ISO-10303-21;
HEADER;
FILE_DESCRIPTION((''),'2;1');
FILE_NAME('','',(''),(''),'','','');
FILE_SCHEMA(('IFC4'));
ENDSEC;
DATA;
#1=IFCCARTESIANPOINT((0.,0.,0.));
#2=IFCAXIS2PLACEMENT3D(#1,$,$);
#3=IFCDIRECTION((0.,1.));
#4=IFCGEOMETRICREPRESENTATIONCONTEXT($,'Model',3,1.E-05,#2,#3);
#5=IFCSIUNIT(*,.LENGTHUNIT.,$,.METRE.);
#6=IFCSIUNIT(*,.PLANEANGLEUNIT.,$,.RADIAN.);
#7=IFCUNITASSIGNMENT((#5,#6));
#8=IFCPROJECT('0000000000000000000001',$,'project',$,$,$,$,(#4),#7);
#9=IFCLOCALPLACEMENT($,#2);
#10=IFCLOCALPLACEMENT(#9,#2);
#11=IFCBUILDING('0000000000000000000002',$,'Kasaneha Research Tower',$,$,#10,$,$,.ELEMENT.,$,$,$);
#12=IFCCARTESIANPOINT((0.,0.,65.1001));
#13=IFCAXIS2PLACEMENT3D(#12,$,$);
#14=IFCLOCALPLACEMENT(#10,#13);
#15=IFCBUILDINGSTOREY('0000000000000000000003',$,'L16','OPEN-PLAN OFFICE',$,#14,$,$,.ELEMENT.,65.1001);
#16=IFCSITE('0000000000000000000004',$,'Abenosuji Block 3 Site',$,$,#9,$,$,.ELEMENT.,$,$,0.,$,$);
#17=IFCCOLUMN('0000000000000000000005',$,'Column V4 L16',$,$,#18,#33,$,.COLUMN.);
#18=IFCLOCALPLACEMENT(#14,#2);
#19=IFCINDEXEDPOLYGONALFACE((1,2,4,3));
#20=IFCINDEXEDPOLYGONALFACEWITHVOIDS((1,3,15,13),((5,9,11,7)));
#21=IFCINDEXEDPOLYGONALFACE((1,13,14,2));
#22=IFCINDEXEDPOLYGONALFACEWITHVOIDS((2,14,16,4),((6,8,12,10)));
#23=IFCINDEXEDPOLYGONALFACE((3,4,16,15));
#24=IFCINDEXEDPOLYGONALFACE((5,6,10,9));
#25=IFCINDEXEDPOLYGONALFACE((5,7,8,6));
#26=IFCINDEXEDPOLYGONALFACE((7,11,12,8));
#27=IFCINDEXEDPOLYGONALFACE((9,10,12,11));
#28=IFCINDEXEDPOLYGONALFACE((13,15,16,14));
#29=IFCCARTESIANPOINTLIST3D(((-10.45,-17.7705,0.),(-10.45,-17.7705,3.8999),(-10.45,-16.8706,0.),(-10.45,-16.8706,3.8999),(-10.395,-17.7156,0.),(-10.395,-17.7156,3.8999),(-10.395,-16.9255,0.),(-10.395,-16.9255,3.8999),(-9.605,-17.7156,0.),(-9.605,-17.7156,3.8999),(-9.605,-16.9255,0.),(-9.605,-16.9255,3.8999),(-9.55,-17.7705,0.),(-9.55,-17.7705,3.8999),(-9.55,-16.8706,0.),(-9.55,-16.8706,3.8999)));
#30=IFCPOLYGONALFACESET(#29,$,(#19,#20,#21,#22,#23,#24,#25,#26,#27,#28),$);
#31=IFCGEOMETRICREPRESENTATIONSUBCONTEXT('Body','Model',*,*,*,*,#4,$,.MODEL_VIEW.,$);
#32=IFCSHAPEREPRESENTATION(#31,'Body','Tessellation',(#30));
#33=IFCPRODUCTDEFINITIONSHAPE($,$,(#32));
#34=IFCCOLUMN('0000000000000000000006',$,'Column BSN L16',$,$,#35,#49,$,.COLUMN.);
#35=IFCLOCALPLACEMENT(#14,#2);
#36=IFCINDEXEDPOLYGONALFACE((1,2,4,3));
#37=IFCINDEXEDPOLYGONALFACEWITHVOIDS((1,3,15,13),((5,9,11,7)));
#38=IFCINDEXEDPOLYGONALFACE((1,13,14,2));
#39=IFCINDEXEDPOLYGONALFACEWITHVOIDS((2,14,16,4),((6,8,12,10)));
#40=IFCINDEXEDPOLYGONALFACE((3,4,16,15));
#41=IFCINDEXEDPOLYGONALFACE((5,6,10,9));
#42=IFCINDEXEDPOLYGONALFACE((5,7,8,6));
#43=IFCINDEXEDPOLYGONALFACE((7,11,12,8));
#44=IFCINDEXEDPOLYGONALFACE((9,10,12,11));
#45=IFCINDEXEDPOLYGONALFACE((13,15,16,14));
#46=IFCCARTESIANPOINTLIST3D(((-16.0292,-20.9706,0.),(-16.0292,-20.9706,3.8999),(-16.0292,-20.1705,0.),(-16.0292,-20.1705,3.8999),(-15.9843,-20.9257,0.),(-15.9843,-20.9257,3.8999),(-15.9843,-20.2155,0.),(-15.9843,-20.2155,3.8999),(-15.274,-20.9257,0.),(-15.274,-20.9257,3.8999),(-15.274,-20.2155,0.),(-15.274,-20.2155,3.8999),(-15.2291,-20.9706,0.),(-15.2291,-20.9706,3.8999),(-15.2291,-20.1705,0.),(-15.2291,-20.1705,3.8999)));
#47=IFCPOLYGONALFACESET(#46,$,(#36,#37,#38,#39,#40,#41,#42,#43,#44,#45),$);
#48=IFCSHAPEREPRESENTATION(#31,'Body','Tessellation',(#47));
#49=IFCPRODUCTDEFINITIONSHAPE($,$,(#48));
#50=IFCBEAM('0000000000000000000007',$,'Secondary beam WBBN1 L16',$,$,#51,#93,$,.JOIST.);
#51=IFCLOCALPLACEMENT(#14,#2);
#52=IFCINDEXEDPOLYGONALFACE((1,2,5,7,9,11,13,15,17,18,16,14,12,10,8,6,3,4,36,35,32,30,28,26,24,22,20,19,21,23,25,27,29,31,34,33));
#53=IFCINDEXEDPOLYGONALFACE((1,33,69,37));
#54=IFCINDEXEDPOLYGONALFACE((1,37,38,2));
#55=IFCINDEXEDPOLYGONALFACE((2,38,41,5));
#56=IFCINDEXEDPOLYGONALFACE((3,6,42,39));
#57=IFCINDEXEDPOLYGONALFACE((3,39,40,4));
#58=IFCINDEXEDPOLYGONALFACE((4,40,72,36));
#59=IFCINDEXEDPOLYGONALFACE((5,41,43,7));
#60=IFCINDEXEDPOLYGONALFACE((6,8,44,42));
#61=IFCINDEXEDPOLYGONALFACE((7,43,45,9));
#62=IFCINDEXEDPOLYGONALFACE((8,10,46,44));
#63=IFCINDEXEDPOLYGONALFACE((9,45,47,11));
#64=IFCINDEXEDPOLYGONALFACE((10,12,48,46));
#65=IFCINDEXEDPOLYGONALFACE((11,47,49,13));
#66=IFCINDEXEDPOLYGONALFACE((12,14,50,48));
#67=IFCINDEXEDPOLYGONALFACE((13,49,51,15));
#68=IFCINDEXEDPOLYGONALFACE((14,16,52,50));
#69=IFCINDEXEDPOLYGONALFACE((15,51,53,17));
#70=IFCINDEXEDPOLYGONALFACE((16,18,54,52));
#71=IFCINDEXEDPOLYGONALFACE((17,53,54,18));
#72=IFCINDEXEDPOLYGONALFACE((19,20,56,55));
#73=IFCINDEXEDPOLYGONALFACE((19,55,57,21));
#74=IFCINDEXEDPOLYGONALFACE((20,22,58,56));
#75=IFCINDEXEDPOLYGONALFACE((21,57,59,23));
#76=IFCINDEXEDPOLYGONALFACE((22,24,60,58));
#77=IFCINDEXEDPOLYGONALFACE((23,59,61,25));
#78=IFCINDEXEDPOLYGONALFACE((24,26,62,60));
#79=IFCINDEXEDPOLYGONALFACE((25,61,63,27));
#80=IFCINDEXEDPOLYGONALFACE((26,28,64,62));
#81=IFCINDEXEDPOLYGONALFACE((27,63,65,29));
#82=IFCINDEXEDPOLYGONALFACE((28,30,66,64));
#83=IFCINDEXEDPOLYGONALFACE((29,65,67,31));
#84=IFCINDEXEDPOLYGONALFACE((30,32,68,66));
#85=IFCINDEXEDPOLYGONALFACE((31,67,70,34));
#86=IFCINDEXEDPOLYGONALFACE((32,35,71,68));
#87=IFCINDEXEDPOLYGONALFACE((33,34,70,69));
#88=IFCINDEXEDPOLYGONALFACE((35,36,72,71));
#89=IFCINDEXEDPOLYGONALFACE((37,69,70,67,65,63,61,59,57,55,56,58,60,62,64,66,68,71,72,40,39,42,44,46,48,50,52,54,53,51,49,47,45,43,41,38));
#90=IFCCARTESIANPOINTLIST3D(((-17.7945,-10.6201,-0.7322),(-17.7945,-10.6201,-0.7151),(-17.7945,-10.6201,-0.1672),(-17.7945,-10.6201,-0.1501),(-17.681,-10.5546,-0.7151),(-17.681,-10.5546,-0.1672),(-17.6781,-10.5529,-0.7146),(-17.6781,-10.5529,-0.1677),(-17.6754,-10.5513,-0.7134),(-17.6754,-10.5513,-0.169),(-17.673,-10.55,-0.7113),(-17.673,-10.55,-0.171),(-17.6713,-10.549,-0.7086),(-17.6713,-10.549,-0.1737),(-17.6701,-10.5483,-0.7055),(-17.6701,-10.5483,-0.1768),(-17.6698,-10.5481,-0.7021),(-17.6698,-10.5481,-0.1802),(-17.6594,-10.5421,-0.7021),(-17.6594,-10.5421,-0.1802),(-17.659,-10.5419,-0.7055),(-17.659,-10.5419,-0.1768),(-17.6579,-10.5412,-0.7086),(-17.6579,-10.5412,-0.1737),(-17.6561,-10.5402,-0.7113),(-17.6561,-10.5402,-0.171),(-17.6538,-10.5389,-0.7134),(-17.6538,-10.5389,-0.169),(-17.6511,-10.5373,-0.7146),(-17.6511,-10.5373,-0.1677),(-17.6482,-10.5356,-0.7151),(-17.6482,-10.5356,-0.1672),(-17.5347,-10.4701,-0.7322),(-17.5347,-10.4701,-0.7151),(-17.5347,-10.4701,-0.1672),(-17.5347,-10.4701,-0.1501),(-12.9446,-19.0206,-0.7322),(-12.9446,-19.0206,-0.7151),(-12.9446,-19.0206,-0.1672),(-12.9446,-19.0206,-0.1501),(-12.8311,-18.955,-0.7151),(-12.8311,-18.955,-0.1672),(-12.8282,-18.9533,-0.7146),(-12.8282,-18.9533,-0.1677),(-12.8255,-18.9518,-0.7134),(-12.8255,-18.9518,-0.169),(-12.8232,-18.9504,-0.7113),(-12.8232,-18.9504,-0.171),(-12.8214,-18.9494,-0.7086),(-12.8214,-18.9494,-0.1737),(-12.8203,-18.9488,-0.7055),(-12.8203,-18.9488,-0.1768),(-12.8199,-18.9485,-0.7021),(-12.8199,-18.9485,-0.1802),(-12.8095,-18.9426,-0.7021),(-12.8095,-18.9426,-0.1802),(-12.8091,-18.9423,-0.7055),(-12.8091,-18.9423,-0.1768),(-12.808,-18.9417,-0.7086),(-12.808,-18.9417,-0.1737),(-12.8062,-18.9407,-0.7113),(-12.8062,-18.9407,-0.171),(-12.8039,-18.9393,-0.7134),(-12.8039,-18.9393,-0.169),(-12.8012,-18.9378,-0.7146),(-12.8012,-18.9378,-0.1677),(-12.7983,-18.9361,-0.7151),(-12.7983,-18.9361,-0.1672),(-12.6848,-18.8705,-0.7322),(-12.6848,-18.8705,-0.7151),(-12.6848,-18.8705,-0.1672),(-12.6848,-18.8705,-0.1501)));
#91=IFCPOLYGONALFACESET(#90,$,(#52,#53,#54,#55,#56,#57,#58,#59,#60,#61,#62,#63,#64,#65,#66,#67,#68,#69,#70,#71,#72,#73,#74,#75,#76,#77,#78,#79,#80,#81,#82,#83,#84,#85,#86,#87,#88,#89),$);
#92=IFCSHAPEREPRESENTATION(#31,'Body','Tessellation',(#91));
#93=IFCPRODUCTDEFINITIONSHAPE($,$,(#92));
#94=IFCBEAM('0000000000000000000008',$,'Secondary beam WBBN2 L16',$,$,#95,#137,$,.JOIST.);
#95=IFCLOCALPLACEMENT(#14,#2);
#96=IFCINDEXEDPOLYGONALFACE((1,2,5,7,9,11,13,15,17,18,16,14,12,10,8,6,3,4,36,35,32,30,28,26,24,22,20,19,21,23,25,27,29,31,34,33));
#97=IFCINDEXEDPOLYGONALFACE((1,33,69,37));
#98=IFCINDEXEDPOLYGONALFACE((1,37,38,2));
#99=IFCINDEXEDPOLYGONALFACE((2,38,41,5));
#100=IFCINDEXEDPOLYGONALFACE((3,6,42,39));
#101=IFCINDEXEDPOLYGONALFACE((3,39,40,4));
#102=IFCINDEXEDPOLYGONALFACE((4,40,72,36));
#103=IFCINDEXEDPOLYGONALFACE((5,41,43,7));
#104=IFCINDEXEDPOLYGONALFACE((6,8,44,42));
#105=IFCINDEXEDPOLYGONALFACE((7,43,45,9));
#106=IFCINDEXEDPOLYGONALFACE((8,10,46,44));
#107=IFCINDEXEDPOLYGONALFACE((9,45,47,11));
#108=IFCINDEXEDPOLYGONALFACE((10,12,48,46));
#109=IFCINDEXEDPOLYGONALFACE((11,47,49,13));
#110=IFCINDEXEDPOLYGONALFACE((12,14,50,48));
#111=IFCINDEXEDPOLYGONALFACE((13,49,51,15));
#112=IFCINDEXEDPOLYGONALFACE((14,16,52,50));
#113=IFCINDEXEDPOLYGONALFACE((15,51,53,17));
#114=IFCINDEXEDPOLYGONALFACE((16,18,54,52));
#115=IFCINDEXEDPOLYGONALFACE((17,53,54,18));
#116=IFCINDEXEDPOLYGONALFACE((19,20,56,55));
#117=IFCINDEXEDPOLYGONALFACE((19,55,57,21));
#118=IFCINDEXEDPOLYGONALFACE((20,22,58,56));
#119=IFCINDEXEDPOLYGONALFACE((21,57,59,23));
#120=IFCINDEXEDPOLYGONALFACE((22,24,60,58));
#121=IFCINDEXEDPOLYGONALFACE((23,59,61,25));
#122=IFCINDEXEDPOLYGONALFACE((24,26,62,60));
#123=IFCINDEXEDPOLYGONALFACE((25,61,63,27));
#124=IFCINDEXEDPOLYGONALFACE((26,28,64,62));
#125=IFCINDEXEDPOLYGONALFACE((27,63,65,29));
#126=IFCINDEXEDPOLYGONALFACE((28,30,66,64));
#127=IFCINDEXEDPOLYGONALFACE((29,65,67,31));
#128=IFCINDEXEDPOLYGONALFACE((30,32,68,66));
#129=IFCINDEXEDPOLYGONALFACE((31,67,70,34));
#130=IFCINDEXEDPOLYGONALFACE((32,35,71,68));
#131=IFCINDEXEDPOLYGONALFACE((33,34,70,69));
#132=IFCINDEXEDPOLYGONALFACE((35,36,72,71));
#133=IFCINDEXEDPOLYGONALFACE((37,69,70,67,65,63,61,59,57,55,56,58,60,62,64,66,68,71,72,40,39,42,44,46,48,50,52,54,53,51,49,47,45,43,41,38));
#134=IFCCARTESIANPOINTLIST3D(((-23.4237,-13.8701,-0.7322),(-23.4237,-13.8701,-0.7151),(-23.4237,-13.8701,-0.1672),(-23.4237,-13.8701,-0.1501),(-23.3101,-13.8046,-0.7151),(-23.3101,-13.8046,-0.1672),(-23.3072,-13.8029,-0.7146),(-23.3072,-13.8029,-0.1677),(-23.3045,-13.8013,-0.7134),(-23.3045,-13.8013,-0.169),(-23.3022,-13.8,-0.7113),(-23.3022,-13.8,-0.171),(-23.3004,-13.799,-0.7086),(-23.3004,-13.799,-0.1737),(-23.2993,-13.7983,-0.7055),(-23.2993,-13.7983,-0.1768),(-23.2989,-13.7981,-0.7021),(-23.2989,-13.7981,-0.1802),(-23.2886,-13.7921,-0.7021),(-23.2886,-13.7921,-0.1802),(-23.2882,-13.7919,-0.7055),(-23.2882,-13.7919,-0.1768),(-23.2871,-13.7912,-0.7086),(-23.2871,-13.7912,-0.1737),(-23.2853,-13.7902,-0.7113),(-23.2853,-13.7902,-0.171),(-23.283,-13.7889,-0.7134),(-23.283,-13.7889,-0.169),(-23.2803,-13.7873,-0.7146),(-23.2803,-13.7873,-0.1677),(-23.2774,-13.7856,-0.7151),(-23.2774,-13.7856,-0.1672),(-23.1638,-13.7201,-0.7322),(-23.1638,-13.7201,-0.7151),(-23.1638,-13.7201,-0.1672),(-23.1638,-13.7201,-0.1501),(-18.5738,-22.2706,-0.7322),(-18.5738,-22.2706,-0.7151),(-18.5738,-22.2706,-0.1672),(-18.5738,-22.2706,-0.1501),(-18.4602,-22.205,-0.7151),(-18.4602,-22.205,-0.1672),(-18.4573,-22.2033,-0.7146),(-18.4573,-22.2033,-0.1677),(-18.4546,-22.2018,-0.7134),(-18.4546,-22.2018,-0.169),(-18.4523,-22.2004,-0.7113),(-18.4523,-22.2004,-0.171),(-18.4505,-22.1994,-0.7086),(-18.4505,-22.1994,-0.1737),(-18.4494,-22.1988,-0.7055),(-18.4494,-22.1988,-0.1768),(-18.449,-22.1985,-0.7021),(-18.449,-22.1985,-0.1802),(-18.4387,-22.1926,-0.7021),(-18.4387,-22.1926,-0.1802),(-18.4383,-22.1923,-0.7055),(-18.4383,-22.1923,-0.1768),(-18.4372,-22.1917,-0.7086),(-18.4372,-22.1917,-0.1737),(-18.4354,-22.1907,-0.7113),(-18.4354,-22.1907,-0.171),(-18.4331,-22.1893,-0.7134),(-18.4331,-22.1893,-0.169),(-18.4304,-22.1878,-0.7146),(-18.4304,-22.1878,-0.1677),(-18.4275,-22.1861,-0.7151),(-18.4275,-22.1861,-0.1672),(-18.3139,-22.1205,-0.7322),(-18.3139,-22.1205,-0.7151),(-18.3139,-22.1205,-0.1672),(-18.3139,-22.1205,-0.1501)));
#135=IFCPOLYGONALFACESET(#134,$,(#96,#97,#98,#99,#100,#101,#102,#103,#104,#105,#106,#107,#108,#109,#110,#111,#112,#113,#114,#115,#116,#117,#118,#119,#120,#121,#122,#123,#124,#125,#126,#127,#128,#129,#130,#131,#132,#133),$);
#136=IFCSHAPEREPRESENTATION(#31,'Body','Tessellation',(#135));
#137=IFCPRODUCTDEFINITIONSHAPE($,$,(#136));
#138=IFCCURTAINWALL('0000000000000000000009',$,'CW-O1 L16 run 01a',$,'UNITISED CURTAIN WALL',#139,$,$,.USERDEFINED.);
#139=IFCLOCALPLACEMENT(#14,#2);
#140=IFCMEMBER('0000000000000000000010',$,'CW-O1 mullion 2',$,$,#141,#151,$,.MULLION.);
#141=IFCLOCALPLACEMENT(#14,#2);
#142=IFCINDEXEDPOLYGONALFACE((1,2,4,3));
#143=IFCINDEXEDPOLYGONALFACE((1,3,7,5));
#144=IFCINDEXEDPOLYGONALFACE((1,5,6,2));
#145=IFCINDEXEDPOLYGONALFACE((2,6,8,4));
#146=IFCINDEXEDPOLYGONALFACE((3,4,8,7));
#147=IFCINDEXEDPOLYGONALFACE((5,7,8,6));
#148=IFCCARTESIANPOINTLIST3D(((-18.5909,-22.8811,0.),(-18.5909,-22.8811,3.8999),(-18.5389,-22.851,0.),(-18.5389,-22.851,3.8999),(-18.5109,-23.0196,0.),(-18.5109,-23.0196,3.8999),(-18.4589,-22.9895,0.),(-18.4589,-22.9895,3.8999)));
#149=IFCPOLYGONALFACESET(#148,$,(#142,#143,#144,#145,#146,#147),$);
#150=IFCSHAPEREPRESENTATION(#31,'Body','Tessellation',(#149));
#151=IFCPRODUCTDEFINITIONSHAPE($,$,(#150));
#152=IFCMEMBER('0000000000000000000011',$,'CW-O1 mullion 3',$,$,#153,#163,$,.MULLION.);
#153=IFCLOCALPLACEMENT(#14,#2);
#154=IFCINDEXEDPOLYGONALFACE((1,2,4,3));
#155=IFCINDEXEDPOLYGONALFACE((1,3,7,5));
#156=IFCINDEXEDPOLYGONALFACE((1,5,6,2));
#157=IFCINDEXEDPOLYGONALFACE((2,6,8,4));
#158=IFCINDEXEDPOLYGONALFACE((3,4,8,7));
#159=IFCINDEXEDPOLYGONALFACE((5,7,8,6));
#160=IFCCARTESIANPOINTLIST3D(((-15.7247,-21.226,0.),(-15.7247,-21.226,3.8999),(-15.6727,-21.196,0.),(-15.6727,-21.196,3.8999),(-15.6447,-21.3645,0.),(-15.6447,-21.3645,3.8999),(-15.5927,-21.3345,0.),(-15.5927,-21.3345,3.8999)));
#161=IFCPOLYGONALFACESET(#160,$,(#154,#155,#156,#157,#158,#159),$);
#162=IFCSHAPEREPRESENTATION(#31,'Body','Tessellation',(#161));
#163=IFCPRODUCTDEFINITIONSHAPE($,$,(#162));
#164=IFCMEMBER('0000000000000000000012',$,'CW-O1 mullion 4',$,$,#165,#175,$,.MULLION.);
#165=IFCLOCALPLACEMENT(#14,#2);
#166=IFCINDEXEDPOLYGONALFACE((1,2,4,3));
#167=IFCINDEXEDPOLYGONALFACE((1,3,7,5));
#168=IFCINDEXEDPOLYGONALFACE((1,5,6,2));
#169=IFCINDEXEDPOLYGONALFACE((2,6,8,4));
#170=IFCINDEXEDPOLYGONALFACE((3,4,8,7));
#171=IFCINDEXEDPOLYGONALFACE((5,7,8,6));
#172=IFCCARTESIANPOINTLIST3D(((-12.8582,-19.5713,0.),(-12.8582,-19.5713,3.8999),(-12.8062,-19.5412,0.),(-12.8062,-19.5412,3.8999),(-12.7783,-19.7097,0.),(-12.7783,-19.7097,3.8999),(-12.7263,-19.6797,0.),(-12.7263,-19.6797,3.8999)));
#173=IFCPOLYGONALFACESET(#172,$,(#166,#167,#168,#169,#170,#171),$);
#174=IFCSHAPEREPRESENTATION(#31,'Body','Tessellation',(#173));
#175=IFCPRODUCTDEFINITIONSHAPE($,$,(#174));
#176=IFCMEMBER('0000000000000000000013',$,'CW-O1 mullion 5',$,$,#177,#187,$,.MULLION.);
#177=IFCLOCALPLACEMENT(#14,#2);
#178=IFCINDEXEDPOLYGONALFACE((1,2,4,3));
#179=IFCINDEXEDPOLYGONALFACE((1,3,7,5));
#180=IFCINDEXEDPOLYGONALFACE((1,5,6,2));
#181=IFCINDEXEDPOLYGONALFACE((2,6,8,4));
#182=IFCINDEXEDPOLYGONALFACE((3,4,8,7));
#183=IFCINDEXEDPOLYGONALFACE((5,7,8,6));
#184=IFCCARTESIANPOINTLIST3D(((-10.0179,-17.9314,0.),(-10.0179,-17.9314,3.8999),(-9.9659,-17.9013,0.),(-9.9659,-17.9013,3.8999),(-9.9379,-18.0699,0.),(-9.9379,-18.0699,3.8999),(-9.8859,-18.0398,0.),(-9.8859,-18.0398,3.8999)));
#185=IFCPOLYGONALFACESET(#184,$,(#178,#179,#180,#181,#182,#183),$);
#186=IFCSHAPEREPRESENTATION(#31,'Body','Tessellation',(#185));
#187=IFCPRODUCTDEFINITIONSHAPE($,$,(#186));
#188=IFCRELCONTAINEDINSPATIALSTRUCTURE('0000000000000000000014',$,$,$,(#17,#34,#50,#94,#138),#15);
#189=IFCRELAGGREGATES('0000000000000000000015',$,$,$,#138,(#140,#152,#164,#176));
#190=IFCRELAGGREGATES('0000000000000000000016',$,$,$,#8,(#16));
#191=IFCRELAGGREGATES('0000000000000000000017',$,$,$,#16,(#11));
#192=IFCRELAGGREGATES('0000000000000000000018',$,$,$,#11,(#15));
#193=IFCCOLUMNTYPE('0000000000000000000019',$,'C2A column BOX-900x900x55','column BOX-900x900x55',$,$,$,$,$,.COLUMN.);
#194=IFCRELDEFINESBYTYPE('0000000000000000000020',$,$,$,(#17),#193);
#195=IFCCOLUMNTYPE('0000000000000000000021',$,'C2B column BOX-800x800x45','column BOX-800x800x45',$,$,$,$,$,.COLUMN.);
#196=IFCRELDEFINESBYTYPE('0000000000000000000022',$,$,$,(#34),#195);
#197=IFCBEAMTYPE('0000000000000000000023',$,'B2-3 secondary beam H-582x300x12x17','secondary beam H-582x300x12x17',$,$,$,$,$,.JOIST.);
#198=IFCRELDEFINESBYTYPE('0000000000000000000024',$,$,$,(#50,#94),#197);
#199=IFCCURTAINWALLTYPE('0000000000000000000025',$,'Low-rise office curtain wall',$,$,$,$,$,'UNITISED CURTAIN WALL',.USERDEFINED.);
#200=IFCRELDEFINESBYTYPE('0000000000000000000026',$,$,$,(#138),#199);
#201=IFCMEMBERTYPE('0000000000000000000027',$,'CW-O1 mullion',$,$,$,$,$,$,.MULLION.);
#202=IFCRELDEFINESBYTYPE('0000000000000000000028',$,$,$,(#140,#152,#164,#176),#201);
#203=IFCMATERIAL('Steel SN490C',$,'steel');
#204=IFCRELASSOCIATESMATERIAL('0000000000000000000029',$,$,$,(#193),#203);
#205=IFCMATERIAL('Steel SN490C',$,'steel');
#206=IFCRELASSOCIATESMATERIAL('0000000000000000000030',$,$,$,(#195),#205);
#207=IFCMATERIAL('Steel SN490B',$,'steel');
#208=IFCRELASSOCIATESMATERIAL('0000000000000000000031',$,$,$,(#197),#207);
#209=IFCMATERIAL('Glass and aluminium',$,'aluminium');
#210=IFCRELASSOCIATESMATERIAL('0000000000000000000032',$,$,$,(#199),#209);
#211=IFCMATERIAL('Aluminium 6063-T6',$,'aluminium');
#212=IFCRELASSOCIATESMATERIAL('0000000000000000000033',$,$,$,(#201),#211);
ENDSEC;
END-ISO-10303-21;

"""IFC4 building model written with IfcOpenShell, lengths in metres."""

from ifc_helpers import new_model, si_unit, direction, frame, origin, origin_2d, place, context, subcontext, project, spatial, rectangle, hollow_rectangle, i_section, extrude, material, material_profile, profile_set, type_object, element, aggregate, save


model = new_model("IFC4")

# Units and contexts
model_context = context("Model", 3, precision=1e-05, world=origin(), true_north=direction((0.0, 1.0)))
body_context = subcontext(model_context, "Body", "Model", "MODEL_VIEW")
ifc_project = project(units=[si_unit("LENGTHUNIT", "METRE"), si_unit("PLANEANGLEUNIT", "RADIAN")], contexts=[model_context])

# Site, building, storey
site_placement = place(None, origin())
site = spatial("IfcSite", under=ifc_project, at=site_placement, Name="Abenosuji Block 3 Site", CompositionType="ELEMENT", RefElevation=0.0)
building_placement = place(site_placement, origin())
building = spatial("IfcBuilding", under=site, at=building_placement, Name="Kasaneha Research Tower", CompositionType="ELEMENT")
storey_placement = place(building_placement, frame((0.0, 0.0, 65.1001)))
storey = spatial("IfcBuildingStorey", under=building, at=storey_placement, Name="L16", Description="OPEN-PLAN OFFICE", CompositionType="ELEMENT", Elevation=65.1001)

# Columns
ifc_material_1 = material(Name="Steel SN490C", Category="steel")
ifc_material_profile_1 = material_profile(ifc_material_1, hollow_rectangle(XDim=0.8999, YDim=0.8999, WallThickness=0.0549, at=origin_2d()), Name="BOX-900x900x55")
ifc_profile_set_1 = profile_set([ifc_material_profile_1], Name="Steel SN490C")
column_type_1 = type_object("IfcColumnType", Name="C2A column BOX-900x900x55", Description="column BOX-900x900x55", PredefinedType="COLUMN", material=ifc_profile_set_1)
column_1_placement = place(storey_placement, frame((-10.0, -17.3206, 0.0), z_axis=(0.0, 0.0, 1.0), x_axis=(1.0, 0.0, 0.0)))
element("IfcColumn", 1, at=column_1_placement, inside=storey, type_object=column_type_1, Name="Column V4 L16", PredefinedType="COLUMN", context=body_context, shape_type="SweptSolid", body=[
    extrude(hollow_rectangle(XDim=0.8999, YDim=0.8999, WallThickness=0.0549, at=origin_2d()), origin(), (0.0, 0.0, 1.0), 3.8999),
])
ifc_material_2 = material(Name="Steel SN490C", Category="steel")
ifc_material_profile_2 = material_profile(ifc_material_2, hollow_rectangle(XDim=0.8, YDim=0.8, WallThickness=0.0449, at=origin_2d()), Name="BOX-800x800x45")
ifc_profile_set_2 = profile_set([ifc_material_profile_2], Name="Steel SN490C")
column_type_2 = type_object("IfcColumnType", Name="C2B column BOX-800x800x45", Description="column BOX-800x800x45", PredefinedType="COLUMN", material=ifc_profile_set_2)
column_2_placement = place(storey_placement, frame((-15.6292, -20.5706, 0.0), z_axis=(0.0, 0.0, 1.0), x_axis=(1.0, 0.0, 0.0)))
element("IfcColumn", 2, at=column_2_placement, inside=storey, type_object=column_type_2, Name="Column BSN L16", PredefinedType="COLUMN", context=body_context, shape_type="SweptSolid", body=[
    extrude(hollow_rectangle(XDim=0.8, YDim=0.8, WallThickness=0.0449, at=origin_2d()), origin(), (0.0, 0.0, 1.0), 3.8999),
])

# Beams
ifc_material_3 = material(Name="Steel SN490B", Category="steel")
ifc_material_profile_3 = material_profile(ifc_material_3, i_section(OverallWidth=0.3, OverallDepth=0.582, WebThickness=0.012, FlangeThickness=0.0171, FilletRadius=0.0129, at=origin_2d()), Name="H-582x300x12x17")
ifc_profile_set_3 = profile_set([ifc_material_profile_3], Name="Steel SN490B")
beam_type_1 = type_object("IfcBeamType", Name="B2-3 secondary beam H-582x300x12x17", Description="secondary beam H-582x300x12x17", PredefinedType="JOIST", material=ifc_profile_set_3)
for number, where, z_axis, x_axis, name in (
    (3, (-12.8147, -18.9456, -0.4412), (-0.499991, 0.866031, 0.0), (-0.866031, -0.499991, 0.0), "Secondary beam WBBN1 L16"),
    (4, (-18.4438, -22.1956, -0.4412), (-0.499991, 0.866031, 0.0), (-0.866031, -0.499991, 0.0), "Secondary beam WBBN2 L16"),
):
    element("IfcBeam", number, at=place(storey_placement, frame(where, z_axis=z_axis, x_axis=x_axis)), inside=storey, type_object=beam_type_1, Name=name, PredefinedType="JOIST", context=body_context, shape_type="SweptSolid", body=[
        extrude(i_section(OverallWidth=0.3, OverallDepth=0.582, WebThickness=0.012, FlangeThickness=0.0171, FilletRadius=0.0129, at=origin_2d()), origin(), (0.0, 0.0, 1.0), 9.7),
    ])

# Curtain wall, members
ifc_material_4 = material(Name="Glass and aluminium", Category="aluminium")
curtain_wall_type = type_object("IfcCurtainWallType", Name="Low-rise office curtain wall", ElementType="UNITISED CURTAIN WALL", PredefinedType="USERDEFINED", material=ifc_material_4)
curtain_wall_1_placement = place(storey_placement, origin())
curtain_wall_1 = element("IfcCurtainWall", 5, at=curtain_wall_1_placement, inside=storey, type_object=curtain_wall_type, Name="CW-O1 L16 run 01a", ObjectType="UNITISED CURTAIN WALL", PredefinedType="USERDEFINED")
ifc_material_5 = material(Name="Aluminium 6063-T6", Category="aluminium")
ifc_material_profile_4 = material_profile(ifc_material_5, rectangle(XDim=0.0601, YDim=0.1599, at=origin_2d()), Name="CW-O1 mullion 60x160")
ifc_profile_set_4 = profile_set([ifc_material_profile_4], Name="Aluminium 6063-T6")
member_type_1 = type_object("IfcMemberType", Name="CW-O1 mullion", PredefinedType="MULLION", material=ifc_profile_set_4)
member_1_placement = place(storey_placement, frame((-18.5249, -22.9353, 0.0), z_axis=(0.0, 0.0, 1.0), x_axis=(0.866025, 0.5, 0.0)))
member_1 = element("IfcMember", 6, at=member_1_placement, type_object=member_type_1, Name="CW-O1 mullion 2", PredefinedType="MULLION", context=body_context, shape_type="SweptSolid", body=[
    extrude(rectangle(XDim=0.0601, YDim=0.1599, at=origin_2d()), origin(), (0.0, 0.0, 1.0), 3.8999),
])
member_2_placement = place(storey_placement, frame((-15.6587, -21.2803, 0.0), z_axis=(0.0, 0.0, 1.0), x_axis=(0.866025, 0.5, 0.0)))
member_2 = element("IfcMember", 7, at=member_2_placement, type_object=member_type_1, Name="CW-O1 mullion 3", PredefinedType="MULLION", context=body_context, shape_type="SweptSolid", body=[
    extrude(rectangle(XDim=0.0601, YDim=0.1599, at=origin_2d()), origin(), (0.0, 0.0, 1.0), 3.8999),
])
member_3_placement = place(storey_placement, frame((-12.7922, -19.6255, 0.0), z_axis=(0.0, 0.0, 1.0), x_axis=(0.866025, 0.5, 0.0)))
member_3 = element("IfcMember", 8, at=member_3_placement, type_object=member_type_1, Name="CW-O1 mullion 4", PredefinedType="MULLION", context=body_context, shape_type="SweptSolid", body=[
    extrude(rectangle(XDim=0.0601, YDim=0.1599, at=origin_2d()), origin(), (0.0, 0.0, 1.0), 3.8999),
])
member_4_placement = place(storey_placement, frame((-9.9519, -17.9856, 0.0), z_axis=(0.0, 0.0, 1.0), x_axis=(0.866025, 0.5, 0.0)))
member_4 = element("IfcMember", 9, at=member_4_placement, type_object=member_type_1, Name="CW-O1 mullion 5", PredefinedType="MULLION", context=body_context, shape_type="SweptSolid", body=[
    extrude(rectangle(XDim=0.0601, YDim=0.1599, at=origin_2d()), origin(), (0.0, 0.0, 1.0), 3.8999),
])

aggregate(curtain_wall_1, [member_1, member_2, member_3, member_4])

save(model, "model.ifc")
